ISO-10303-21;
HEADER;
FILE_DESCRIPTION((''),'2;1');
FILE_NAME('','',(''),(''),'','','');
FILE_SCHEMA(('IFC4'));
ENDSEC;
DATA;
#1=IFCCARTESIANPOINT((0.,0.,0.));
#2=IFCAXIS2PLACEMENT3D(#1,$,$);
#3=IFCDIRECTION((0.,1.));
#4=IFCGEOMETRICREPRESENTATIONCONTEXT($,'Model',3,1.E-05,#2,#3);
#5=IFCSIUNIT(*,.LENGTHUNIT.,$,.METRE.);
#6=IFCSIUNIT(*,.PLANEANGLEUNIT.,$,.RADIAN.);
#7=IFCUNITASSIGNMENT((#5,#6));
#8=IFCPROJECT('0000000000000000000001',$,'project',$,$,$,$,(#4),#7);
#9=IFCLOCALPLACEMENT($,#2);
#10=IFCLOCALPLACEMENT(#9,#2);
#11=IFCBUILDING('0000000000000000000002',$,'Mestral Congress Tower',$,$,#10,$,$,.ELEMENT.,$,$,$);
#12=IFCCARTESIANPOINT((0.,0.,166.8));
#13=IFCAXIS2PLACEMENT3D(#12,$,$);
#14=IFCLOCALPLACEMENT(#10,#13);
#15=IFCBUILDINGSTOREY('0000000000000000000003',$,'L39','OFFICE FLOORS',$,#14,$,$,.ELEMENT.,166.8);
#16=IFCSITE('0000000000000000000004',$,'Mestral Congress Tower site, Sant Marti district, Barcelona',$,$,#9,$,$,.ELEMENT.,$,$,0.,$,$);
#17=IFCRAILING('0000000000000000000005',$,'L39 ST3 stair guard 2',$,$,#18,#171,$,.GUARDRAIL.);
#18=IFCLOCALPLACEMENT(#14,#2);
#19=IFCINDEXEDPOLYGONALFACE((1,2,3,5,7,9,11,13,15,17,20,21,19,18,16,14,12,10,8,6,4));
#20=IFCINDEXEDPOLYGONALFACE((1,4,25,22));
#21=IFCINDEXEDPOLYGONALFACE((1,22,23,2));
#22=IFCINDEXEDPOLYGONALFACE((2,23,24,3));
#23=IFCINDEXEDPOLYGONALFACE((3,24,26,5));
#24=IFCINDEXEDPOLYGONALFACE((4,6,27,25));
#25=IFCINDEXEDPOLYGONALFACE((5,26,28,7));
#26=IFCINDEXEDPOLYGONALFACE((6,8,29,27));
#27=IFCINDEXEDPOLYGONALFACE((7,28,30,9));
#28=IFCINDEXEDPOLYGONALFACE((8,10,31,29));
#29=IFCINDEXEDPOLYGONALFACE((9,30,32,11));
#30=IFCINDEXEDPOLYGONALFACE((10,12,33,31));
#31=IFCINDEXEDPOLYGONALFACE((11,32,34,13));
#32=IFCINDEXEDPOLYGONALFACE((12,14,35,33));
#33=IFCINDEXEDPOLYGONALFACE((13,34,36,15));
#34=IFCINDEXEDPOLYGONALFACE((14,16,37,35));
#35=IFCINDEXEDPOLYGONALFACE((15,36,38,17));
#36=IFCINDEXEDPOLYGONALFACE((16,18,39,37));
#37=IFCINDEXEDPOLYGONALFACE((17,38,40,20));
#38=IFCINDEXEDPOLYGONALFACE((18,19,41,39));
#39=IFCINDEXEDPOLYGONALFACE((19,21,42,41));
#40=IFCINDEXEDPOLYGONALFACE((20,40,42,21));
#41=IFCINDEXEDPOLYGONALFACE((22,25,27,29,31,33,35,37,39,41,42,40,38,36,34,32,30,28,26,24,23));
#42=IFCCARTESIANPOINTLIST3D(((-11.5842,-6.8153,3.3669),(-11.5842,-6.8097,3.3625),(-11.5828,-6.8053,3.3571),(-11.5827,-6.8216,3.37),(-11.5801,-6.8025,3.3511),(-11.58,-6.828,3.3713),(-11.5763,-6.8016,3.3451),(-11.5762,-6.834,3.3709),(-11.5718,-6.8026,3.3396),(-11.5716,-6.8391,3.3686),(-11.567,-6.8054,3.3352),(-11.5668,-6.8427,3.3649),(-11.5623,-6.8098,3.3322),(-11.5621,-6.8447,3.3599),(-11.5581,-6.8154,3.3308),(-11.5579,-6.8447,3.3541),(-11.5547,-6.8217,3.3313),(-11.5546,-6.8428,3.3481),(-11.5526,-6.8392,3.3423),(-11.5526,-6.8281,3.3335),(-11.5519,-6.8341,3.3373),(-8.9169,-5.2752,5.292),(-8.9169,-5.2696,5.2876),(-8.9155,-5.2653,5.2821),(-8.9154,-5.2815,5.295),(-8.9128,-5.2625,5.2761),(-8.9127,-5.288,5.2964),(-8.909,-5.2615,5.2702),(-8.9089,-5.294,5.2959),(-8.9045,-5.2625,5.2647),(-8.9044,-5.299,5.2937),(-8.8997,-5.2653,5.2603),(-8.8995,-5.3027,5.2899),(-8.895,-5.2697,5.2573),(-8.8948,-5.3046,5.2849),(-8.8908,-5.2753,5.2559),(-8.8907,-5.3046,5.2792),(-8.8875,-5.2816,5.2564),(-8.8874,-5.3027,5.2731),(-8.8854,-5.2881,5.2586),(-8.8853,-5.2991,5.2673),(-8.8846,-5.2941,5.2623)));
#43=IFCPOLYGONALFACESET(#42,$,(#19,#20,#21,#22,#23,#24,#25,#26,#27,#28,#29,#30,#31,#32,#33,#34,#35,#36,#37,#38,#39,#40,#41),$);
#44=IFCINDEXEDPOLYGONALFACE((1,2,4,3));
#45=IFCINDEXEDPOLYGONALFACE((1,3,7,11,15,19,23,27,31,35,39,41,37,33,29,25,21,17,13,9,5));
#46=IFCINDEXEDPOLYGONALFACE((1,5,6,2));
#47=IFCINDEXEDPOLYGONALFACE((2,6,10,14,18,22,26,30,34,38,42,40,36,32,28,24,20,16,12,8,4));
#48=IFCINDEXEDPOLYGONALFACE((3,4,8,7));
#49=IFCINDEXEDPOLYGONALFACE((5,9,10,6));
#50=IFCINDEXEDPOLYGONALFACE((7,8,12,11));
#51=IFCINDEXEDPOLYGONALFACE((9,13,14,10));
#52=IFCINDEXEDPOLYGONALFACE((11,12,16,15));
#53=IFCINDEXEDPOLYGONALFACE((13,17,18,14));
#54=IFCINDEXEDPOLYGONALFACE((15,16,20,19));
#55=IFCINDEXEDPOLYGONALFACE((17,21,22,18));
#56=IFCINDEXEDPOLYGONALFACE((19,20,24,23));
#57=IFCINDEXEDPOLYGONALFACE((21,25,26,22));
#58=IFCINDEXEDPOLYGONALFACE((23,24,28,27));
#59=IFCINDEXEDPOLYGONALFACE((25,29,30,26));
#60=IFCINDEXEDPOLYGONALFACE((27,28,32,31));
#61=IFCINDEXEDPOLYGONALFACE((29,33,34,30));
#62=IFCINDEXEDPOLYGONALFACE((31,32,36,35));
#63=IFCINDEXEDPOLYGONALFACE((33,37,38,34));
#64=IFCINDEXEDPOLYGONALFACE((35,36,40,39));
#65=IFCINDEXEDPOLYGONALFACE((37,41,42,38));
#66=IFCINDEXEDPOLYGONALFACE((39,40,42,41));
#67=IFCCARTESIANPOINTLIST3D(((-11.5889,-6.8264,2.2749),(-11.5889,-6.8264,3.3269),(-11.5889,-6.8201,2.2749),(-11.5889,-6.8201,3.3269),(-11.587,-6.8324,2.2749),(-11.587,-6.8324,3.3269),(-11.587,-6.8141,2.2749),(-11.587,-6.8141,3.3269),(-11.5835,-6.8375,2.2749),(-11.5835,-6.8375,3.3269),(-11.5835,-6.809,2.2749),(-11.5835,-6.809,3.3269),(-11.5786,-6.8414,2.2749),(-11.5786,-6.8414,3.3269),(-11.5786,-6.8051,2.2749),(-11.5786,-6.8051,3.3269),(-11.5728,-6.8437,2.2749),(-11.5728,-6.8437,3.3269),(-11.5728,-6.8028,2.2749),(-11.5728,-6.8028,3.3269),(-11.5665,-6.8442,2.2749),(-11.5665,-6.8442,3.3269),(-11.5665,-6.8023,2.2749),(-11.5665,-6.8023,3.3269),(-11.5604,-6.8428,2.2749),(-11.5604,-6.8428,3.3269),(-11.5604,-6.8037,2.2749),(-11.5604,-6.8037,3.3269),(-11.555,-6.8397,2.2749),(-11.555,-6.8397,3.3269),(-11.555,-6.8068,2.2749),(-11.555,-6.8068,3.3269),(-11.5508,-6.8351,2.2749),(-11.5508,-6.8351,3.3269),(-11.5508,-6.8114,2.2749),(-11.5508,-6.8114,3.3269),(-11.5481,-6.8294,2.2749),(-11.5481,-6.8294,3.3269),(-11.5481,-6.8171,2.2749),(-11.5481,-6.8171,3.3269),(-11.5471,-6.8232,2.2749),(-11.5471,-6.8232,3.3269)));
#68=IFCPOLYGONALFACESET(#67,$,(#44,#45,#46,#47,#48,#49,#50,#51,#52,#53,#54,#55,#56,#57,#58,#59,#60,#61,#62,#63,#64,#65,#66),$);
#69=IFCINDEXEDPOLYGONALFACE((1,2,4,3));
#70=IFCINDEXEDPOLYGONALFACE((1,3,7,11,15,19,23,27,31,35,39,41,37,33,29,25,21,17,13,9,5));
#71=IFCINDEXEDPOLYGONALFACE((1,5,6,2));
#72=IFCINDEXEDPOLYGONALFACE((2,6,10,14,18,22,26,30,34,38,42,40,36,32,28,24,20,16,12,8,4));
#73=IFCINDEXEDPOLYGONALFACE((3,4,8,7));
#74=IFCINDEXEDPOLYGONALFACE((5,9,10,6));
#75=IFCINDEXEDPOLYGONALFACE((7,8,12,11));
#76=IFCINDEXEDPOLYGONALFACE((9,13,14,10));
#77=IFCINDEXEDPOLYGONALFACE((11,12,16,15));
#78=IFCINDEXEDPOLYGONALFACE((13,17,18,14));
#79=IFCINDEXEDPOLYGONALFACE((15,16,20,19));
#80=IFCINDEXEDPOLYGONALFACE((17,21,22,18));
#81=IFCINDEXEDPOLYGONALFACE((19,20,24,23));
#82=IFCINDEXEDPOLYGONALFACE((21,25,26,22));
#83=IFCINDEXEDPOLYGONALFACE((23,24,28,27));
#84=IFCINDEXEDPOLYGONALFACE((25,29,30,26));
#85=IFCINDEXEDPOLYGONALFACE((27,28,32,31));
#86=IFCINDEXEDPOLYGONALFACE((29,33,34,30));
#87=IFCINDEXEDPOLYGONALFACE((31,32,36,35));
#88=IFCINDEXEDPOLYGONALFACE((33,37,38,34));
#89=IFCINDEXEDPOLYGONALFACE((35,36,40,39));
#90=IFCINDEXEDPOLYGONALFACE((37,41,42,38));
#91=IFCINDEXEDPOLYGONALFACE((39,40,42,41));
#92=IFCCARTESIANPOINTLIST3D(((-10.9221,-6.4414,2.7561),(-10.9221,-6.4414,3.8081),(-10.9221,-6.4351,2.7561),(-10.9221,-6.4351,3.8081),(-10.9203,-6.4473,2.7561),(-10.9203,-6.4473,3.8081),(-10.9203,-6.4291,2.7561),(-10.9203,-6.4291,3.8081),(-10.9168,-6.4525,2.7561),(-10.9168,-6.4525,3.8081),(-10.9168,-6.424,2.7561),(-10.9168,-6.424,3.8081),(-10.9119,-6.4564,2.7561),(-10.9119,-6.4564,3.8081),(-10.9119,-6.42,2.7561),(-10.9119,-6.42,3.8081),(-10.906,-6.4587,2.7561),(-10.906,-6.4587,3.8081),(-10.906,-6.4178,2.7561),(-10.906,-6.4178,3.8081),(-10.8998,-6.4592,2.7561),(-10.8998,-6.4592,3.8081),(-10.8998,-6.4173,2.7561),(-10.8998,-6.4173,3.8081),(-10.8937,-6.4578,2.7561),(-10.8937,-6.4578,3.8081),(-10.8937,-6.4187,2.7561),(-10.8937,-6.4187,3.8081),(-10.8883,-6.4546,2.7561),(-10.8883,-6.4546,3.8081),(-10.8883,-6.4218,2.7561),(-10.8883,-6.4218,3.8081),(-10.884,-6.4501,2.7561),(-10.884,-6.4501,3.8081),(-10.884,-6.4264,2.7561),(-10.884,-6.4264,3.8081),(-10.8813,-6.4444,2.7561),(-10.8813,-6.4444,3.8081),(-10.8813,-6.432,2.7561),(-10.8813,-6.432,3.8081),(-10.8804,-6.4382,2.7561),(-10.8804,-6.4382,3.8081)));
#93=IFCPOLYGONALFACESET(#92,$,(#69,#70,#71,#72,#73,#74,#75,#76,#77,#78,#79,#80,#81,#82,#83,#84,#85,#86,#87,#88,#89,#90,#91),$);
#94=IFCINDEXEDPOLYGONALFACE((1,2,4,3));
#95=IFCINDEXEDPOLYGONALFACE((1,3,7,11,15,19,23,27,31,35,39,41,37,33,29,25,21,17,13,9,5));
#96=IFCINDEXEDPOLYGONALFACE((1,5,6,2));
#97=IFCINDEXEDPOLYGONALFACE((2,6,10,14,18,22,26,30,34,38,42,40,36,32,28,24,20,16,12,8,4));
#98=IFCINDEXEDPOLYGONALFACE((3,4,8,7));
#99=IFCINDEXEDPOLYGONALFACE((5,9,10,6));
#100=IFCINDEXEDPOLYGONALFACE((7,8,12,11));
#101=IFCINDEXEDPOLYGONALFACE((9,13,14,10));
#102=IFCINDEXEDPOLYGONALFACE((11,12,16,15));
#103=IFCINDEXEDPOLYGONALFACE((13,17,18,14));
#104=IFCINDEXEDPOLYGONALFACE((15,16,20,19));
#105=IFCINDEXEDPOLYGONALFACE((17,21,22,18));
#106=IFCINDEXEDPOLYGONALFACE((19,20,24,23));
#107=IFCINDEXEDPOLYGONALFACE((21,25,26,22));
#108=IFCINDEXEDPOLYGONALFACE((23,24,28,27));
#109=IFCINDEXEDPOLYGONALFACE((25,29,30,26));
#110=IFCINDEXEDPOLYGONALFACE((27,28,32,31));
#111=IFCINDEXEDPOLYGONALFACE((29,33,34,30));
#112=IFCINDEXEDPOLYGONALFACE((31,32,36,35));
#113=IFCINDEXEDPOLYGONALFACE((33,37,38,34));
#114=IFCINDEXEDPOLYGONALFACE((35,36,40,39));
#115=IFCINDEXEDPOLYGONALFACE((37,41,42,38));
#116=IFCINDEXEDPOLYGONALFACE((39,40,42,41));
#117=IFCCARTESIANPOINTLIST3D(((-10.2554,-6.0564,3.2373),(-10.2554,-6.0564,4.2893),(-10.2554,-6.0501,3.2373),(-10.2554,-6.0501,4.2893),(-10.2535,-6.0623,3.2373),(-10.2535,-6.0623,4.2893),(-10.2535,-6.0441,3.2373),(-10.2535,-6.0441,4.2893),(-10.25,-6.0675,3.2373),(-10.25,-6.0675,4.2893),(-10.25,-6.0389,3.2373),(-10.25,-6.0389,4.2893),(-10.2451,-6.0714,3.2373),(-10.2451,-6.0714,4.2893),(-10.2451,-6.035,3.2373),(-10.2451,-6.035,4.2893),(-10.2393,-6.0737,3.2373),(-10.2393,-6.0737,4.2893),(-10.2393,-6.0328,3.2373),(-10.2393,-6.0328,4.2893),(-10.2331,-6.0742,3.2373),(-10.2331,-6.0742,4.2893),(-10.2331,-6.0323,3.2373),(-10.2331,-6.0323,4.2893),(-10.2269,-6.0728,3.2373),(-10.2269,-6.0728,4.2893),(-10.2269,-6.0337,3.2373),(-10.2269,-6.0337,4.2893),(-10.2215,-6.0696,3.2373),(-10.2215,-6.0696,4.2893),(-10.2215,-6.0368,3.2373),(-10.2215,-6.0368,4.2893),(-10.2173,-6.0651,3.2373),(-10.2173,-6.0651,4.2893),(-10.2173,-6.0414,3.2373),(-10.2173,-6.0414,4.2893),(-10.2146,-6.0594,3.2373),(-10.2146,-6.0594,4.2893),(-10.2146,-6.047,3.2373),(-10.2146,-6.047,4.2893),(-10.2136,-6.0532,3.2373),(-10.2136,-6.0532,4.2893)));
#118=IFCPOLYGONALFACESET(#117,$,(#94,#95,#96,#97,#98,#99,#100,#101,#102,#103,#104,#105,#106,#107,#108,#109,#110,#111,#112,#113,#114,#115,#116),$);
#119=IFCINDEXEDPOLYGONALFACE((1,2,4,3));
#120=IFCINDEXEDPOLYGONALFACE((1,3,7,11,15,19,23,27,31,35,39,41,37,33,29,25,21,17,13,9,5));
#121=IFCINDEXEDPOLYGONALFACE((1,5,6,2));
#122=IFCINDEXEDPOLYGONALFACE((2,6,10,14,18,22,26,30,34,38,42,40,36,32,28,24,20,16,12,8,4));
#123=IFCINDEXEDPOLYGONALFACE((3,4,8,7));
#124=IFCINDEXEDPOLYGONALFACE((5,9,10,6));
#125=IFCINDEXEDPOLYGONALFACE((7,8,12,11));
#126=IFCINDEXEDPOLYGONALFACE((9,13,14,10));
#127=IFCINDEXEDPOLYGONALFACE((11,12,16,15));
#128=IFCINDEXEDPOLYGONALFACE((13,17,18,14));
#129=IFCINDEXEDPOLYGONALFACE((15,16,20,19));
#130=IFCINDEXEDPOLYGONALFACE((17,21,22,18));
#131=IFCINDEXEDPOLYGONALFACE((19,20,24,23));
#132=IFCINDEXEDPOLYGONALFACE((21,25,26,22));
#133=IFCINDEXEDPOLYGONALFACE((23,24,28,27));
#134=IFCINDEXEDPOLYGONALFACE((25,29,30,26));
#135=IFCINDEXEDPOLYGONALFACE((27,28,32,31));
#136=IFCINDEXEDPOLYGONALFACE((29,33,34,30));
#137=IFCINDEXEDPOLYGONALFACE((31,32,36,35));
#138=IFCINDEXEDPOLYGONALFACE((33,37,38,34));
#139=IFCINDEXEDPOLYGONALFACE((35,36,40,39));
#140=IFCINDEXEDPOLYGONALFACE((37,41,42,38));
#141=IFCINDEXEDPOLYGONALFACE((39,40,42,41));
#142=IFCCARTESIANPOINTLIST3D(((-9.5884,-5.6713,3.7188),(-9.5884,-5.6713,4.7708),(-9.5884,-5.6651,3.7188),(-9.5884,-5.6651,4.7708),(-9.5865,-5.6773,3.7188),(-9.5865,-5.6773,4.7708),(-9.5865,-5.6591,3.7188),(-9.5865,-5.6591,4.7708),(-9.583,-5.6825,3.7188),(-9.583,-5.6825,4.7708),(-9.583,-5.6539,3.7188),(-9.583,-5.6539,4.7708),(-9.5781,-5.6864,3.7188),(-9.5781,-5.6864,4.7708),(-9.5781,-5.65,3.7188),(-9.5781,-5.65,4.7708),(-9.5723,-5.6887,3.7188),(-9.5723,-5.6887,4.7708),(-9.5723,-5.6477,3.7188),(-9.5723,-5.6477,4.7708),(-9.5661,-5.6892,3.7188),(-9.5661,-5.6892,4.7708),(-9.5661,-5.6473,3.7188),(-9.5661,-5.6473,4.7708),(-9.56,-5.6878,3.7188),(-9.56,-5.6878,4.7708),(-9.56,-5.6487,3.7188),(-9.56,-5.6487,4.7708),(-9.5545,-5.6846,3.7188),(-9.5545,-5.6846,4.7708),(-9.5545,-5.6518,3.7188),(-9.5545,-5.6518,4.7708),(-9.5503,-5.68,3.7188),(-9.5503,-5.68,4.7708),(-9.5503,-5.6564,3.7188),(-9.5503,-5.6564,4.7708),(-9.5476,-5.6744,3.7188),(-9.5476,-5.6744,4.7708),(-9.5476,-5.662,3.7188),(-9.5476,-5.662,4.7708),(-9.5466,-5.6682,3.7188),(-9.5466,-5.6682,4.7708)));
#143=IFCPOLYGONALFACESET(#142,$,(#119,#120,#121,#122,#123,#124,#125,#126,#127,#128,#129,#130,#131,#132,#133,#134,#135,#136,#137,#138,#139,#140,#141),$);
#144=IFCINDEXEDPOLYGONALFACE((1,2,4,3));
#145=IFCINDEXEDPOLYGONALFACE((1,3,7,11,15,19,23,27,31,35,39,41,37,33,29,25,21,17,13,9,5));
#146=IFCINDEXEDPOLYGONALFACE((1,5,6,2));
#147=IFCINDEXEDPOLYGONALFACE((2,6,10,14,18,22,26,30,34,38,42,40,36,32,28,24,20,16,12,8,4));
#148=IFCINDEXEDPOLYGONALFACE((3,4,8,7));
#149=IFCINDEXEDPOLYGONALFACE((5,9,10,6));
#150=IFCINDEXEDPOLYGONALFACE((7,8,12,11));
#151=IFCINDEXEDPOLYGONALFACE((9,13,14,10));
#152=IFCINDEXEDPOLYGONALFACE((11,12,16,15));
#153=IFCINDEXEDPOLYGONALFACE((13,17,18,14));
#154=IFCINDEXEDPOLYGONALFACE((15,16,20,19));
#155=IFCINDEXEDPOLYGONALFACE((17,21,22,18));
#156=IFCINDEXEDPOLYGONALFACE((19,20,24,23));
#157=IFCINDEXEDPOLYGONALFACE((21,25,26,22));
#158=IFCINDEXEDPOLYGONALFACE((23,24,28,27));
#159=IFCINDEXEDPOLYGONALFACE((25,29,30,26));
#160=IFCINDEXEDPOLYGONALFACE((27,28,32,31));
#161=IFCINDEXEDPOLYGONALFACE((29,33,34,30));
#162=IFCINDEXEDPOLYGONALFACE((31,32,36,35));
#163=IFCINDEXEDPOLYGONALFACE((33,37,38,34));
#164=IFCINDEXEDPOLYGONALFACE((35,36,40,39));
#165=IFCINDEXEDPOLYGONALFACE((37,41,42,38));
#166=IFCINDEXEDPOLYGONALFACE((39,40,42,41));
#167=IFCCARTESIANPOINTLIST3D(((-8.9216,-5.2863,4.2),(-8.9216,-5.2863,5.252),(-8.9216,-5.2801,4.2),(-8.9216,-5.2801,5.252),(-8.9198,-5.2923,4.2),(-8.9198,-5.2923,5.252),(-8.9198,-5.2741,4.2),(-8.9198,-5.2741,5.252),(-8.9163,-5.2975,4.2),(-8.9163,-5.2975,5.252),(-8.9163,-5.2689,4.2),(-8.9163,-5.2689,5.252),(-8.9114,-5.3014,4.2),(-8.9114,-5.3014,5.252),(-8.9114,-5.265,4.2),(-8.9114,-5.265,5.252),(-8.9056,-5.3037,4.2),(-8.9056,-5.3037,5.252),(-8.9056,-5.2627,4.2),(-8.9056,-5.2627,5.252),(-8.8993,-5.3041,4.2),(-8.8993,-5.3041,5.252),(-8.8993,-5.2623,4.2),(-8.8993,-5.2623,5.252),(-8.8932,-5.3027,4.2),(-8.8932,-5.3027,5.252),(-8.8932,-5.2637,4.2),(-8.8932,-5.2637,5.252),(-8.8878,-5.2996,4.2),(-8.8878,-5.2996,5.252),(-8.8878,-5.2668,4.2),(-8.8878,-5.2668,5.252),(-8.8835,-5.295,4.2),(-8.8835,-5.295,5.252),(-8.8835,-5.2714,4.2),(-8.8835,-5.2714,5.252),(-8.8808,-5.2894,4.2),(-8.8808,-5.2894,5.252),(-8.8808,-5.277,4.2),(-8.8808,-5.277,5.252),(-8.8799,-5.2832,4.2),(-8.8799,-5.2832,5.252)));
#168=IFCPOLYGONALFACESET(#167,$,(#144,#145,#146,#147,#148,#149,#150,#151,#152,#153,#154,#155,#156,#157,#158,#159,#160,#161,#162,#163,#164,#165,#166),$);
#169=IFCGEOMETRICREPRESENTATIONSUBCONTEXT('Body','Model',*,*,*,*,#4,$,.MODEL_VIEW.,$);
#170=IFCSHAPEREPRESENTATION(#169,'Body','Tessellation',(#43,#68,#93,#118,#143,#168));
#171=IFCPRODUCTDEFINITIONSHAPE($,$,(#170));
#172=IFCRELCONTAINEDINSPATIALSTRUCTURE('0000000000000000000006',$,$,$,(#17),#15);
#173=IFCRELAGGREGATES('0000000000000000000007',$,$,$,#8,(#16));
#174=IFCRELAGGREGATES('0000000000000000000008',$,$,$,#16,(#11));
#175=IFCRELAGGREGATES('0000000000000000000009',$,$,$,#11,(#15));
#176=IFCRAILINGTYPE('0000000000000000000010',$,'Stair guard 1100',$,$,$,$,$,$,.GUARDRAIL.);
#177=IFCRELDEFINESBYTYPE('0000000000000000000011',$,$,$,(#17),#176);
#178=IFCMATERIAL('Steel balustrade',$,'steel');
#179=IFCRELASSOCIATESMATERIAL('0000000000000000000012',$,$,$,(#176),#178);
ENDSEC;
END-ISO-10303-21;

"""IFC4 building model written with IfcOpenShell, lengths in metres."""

from ifc_helpers import new_model, si_unit, direction, frame, origin, origin_2d, place, context, subcontext, project, spatial, circle, extrude, material, type_object, element, save


model = new_model("IFC4")

# Units and contexts
model_context = context("Model", 3, precision=1e-05, world=origin(), true_north=direction((0.0, 1.0)))
body_context = subcontext(model_context, "Body", "Model", "MODEL_VIEW")
ifc_project = project(units=[si_unit("LENGTHUNIT", "METRE"), si_unit("PLANEANGLEUNIT", "RADIAN")], contexts=[model_context])

# Site, building, storey
site_placement = place(None, origin())
site = spatial("IfcSite", under=ifc_project, at=site_placement, Name="Mestral Congress Tower site, Sant Marti district, Barcelona", CompositionType="ELEMENT", RefElevation=0.0)
building_placement = place(site_placement, origin())
building = spatial("IfcBuilding", under=site, at=building_placement, Name="Mestral Congress Tower", CompositionType="ELEMENT")
storey_placement = place(building_placement, frame((0.0, 0.0, 166.8)))
storey = spatial("IfcBuildingStorey", under=building, at=storey_placement, Name="L39", Description="OFFICE FLOORS", CompositionType="ELEMENT", Elevation=166.8)

# Railing
ifc_material_1 = material(Name="Steel balustrade", Category="steel")
railing_type_1 = type_object("IfcRailingType", Name="Stair guard 1100", PredefinedType="GUARDRAIL", material=ifc_material_1)
railing_1_placement = place(storey_placement, frame((-11.5681, -6.8232, 2.2749)))
element("IfcRailing", 1, at=railing_1_placement, inside=storey, type_object=railing_type_1, Name="L39 ST3 stair guard 2", PredefinedType="GUARDRAIL", context=body_context, shape_type="SweptSolid", body=[
    extrude(circle(Radius=0.0239, at=origin_2d()), frame((0.0, 0.0, 1.0762), z_axis=(0.734364, 0.424015, 0.530019), x_axis=(-0.500027, 0.86601, 0.0)), (0.0, 0.0, 1.0), 3.6321),
    extrude(circle(Radius=0.021, at=origin_2d()), origin(), (0.0, 0.0, 1.0), 1.052),
    extrude(circle(Radius=0.021, at=origin_2d()), frame((0.6667, 0.385, 0.4812)), (0.0, 0.0, 1.0), 1.052),
    extrude(circle(Radius=0.021, at=origin_2d()), frame((1.3335, 0.77, 0.9624)), (0.0, 0.0, 1.0), 1.052),
    extrude(circle(Radius=0.021, at=origin_2d()), frame((2.0005, 1.155, 1.4438)), (0.0, 0.0, 1.0), 1.052),
    extrude(circle(Radius=0.021, at=origin_2d()), frame((2.6672, 1.54, 1.925)), (0.0, 0.0, 1.0), 1.052),
])

save(model, "model.ifc")
